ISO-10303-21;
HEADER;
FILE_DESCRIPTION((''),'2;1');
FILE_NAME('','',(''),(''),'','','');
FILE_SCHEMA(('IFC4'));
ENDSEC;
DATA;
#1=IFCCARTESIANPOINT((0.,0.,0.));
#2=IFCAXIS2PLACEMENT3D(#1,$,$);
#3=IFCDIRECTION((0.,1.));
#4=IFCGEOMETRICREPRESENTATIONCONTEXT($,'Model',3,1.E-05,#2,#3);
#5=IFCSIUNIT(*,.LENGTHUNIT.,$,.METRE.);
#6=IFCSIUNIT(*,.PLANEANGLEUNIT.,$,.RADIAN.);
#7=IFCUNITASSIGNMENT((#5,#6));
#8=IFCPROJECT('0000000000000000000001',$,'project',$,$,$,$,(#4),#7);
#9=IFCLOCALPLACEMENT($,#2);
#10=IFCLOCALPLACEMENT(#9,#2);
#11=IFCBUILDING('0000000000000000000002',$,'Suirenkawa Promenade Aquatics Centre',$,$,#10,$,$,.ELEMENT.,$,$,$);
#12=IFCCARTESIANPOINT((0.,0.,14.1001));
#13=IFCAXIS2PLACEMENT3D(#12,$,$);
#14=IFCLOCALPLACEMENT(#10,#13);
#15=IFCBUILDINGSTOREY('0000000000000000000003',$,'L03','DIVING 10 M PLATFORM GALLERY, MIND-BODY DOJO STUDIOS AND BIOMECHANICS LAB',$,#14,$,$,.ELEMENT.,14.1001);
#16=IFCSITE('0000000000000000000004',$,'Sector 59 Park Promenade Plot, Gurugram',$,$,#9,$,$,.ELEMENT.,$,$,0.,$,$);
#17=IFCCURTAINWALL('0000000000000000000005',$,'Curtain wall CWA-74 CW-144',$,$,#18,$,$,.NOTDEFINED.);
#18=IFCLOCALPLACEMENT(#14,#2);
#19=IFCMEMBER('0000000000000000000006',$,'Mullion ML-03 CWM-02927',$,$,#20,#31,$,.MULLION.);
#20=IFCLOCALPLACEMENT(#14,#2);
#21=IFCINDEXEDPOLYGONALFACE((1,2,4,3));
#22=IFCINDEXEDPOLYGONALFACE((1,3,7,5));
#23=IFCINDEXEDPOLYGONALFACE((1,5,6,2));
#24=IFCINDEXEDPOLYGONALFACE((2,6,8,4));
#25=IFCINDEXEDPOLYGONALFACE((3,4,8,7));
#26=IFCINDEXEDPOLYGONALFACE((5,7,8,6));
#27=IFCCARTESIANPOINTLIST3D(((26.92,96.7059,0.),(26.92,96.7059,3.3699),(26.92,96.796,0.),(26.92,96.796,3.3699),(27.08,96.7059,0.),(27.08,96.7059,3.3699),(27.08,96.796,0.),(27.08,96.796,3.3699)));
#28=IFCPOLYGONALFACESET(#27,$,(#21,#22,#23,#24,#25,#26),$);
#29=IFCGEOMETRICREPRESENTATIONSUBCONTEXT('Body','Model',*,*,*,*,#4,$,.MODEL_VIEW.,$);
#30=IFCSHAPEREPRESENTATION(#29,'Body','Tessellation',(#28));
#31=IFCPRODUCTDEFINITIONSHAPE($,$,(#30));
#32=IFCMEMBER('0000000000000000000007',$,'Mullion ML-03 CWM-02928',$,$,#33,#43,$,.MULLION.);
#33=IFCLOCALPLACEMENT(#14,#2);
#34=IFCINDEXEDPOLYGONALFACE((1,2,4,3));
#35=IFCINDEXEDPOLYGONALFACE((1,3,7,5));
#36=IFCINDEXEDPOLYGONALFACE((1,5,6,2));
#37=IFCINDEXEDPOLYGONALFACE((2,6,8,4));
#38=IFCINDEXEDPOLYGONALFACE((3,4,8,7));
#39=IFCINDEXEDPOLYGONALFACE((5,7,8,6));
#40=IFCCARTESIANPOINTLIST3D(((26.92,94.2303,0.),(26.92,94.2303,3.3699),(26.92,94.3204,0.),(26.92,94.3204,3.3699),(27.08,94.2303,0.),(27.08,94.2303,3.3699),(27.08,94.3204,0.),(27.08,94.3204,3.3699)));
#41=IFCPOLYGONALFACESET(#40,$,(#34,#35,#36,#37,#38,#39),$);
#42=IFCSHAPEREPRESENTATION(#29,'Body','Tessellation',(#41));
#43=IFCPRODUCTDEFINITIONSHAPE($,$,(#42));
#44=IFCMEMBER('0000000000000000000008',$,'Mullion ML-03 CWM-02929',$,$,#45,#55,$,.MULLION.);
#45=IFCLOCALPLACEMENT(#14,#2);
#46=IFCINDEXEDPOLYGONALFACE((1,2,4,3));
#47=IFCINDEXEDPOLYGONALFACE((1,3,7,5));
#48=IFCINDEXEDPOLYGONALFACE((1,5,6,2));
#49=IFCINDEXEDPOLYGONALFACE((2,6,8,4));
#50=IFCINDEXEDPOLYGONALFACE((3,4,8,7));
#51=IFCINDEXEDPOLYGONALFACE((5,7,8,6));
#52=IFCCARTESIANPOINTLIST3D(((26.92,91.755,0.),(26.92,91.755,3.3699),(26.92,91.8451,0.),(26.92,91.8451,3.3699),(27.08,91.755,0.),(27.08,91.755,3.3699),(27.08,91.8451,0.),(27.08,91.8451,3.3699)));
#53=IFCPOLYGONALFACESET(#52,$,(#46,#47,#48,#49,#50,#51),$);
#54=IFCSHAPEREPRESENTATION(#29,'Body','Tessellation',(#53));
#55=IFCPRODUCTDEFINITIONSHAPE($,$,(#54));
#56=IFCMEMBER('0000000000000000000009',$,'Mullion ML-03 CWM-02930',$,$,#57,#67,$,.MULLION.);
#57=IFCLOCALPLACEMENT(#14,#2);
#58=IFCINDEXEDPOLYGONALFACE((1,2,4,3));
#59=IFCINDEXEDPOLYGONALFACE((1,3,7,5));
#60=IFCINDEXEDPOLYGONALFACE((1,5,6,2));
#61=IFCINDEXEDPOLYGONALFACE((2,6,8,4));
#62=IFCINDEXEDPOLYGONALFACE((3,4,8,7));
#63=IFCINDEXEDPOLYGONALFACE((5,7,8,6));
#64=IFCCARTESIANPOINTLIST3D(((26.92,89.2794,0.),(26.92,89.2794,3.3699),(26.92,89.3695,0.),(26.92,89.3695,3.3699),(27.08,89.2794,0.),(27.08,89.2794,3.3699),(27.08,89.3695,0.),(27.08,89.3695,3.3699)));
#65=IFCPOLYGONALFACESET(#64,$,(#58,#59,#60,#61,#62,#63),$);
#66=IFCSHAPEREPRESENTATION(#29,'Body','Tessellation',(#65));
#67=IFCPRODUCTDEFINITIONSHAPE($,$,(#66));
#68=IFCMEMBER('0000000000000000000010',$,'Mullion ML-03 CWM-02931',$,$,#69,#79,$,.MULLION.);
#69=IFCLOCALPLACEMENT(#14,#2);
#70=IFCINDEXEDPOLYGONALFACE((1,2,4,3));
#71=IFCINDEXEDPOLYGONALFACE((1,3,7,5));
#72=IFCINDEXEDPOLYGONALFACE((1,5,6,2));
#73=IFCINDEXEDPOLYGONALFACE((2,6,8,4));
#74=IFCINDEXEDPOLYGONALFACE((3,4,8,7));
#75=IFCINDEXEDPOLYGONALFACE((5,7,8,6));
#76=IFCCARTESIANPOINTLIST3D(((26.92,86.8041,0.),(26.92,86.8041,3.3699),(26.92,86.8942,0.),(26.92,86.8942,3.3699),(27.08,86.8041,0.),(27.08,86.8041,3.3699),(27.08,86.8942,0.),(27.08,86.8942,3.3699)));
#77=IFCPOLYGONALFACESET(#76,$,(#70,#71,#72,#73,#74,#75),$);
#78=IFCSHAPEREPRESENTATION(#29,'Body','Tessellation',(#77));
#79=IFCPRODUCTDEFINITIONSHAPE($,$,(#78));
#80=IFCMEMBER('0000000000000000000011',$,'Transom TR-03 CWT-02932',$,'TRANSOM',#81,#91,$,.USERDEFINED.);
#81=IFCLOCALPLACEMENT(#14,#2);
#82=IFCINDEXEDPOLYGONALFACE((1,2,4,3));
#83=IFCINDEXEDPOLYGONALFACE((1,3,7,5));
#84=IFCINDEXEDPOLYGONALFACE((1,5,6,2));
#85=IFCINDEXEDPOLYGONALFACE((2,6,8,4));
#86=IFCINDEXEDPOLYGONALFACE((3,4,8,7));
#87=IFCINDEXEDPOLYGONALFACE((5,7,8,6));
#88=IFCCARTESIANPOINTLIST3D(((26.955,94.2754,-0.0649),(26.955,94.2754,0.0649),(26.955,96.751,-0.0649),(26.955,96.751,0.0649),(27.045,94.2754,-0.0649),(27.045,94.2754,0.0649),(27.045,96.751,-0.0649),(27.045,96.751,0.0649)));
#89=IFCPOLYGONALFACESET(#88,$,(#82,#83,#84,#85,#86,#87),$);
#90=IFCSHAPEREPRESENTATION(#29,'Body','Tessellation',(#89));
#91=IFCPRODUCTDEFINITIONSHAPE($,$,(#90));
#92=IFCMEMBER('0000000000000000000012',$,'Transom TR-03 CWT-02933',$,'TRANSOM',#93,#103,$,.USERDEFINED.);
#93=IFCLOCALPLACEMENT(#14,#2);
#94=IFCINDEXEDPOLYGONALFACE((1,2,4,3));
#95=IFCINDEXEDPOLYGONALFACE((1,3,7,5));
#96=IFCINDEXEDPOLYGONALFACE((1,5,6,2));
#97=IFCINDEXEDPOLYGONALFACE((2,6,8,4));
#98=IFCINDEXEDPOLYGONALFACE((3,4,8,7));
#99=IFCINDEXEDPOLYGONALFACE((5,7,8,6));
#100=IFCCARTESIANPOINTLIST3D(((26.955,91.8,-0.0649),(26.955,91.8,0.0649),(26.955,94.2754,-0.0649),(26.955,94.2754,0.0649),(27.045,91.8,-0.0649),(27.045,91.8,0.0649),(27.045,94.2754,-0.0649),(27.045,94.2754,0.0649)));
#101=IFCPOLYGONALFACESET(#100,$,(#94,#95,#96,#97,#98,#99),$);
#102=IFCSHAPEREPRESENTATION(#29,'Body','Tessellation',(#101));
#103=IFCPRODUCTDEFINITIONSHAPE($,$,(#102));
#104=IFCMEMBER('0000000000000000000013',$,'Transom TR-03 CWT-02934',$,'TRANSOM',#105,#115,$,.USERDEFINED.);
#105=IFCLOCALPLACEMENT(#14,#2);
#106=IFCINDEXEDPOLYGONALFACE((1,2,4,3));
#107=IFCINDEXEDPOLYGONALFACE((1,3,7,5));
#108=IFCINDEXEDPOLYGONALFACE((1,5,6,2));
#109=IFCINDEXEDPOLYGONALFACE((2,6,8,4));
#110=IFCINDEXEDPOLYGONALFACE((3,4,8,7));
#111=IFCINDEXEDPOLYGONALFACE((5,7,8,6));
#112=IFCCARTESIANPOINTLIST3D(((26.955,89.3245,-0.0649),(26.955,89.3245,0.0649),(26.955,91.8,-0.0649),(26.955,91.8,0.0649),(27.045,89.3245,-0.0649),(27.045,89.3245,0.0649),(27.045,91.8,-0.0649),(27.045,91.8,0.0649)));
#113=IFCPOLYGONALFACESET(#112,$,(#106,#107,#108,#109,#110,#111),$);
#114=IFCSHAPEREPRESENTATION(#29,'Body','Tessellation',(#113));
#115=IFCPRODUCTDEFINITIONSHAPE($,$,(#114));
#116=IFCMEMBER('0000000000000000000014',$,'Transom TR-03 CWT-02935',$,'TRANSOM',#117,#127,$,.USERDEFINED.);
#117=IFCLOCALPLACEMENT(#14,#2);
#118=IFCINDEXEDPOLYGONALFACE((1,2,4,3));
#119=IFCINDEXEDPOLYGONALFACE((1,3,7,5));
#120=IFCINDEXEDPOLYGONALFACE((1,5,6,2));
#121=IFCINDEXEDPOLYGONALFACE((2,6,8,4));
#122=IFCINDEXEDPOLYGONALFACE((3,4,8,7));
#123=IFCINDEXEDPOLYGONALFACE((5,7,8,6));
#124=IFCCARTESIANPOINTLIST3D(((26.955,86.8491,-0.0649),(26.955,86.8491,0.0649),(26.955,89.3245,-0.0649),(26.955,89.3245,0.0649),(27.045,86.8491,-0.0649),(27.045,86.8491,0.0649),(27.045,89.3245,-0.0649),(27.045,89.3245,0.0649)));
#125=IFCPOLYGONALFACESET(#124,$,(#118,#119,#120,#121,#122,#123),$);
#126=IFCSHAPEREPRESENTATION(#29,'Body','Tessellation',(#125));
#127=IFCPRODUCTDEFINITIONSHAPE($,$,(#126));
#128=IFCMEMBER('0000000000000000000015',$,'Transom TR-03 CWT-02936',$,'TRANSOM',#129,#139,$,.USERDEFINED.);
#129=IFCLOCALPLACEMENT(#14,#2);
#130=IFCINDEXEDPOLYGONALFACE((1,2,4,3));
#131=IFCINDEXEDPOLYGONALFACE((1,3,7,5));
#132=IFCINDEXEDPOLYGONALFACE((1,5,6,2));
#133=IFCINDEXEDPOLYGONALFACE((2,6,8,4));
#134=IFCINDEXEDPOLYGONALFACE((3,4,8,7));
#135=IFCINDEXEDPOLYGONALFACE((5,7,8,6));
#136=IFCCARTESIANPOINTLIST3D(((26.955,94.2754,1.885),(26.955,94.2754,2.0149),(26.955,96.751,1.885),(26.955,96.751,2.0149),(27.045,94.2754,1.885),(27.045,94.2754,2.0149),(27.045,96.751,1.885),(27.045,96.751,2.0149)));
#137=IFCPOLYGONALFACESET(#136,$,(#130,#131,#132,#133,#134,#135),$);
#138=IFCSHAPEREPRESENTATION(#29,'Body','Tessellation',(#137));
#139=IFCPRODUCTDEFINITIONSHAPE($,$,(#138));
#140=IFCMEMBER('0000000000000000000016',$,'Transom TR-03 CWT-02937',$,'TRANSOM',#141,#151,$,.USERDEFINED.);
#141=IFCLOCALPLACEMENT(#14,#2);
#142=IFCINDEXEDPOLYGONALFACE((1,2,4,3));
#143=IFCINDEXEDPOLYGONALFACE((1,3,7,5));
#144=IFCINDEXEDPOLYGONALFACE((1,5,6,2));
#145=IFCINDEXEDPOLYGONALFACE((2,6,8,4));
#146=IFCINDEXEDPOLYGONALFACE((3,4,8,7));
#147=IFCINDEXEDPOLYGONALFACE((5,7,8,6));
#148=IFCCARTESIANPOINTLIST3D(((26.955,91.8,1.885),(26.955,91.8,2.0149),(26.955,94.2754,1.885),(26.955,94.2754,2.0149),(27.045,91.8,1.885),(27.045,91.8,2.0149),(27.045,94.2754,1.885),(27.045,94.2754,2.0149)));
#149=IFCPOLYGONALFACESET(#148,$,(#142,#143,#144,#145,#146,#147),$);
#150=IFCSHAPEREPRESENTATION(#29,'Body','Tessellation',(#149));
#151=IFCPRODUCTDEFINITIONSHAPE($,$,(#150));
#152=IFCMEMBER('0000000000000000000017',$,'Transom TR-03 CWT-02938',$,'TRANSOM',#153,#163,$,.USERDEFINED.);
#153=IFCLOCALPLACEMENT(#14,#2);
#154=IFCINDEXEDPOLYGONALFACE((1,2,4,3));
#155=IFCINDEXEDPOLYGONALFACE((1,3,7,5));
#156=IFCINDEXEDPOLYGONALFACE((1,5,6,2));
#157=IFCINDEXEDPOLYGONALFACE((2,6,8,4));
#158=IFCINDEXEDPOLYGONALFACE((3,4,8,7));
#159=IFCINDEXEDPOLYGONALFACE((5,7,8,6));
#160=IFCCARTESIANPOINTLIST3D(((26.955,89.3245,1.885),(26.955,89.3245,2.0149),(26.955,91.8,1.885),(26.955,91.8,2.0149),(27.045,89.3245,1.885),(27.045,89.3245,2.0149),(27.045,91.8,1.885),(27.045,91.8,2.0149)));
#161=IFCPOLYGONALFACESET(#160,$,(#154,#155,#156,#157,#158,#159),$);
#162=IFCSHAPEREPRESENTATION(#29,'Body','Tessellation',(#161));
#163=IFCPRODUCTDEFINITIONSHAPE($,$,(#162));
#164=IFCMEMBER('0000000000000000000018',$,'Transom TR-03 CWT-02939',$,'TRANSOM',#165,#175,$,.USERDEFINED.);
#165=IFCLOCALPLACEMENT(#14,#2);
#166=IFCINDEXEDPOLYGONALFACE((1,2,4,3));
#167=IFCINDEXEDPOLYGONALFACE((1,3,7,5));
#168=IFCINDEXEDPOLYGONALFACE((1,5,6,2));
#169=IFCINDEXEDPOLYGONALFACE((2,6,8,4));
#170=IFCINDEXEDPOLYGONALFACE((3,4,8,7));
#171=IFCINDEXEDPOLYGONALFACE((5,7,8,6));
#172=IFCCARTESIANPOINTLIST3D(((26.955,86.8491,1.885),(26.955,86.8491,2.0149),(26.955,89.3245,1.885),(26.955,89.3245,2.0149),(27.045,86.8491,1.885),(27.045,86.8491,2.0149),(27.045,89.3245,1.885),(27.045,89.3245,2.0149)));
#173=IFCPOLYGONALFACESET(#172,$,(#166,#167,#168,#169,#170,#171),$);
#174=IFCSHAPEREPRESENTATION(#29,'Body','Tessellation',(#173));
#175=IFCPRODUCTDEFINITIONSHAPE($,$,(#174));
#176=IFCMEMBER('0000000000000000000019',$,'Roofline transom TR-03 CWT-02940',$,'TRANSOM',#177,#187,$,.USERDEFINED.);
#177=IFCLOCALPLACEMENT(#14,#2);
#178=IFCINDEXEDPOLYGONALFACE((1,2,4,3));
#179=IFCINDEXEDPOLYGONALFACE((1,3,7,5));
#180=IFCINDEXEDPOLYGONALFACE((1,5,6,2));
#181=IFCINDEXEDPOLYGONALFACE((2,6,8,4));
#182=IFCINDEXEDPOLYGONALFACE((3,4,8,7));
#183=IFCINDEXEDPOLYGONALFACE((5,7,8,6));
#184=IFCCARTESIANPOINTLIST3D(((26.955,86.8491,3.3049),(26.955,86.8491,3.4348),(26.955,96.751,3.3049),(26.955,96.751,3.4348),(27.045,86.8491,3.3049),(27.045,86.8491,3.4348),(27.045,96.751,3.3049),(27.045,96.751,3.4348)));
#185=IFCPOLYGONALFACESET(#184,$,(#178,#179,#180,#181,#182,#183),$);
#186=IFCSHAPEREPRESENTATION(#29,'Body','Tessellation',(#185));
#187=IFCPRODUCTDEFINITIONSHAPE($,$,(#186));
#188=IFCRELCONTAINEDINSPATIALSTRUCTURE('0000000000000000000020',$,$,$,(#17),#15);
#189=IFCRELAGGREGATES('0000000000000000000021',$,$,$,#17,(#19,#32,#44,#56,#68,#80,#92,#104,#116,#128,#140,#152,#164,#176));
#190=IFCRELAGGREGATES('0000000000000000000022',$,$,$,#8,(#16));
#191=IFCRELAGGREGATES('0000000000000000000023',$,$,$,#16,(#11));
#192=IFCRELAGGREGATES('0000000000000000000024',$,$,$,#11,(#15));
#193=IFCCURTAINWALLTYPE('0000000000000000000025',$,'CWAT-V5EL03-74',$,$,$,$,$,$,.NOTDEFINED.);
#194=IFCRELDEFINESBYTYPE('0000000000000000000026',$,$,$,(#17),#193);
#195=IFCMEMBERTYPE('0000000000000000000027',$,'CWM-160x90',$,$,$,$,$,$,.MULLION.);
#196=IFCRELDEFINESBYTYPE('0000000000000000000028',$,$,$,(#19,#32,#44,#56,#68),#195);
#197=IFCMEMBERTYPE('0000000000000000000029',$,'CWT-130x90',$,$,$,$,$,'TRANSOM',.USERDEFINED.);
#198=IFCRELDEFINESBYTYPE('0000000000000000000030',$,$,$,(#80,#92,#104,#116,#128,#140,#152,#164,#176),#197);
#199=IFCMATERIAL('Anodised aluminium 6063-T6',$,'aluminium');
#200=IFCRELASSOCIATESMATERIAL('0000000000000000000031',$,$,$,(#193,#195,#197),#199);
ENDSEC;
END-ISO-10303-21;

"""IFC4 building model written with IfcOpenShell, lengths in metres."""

from ifc_helpers import new_model, si_unit, direction, frame, origin, origin_2d, place, context, subcontext, project, spatial, rectangle, extrude, material, material_profile, profile_set, type_object, element, aggregate, save


model = new_model("IFC4")

# Units and contexts
model_context = context("Model", 3, precision=1e-05, world=origin(), true_north=direction((0.0, 1.0)))
body_context = subcontext(model_context, "Body", "Model", "MODEL_VIEW")
ifc_project = project(units=[si_unit("LENGTHUNIT", "METRE"), si_unit("PLANEANGLEUNIT", "RADIAN")], contexts=[model_context])

# Site, building, storey
site_placement = place(None, origin())
site = spatial("IfcSite", under=ifc_project, at=site_placement, Name="Sector 59 Park Promenade Plot, Gurugram", CompositionType="ELEMENT", RefElevation=0.0)
building_placement = place(site_placement, origin())
building = spatial("IfcBuilding", under=site, at=building_placement, Name="Suirenkawa Promenade Aquatics Centre", CompositionType="ELEMENT")
storey_placement = place(building_placement, frame((0.0, 0.0, 14.1001)))
storey = spatial("IfcBuildingStorey", under=building, at=storey_placement, Name="L03", Description="DIVING 10 M PLATFORM GALLERY, MIND-BODY DOJO STUDIOS AND BIOMECHANICS LAB", CompositionType="ELEMENT", Elevation=14.1001)

# Curtain wall, members
ifc_material_1 = material(Name="Anodised aluminium 6063-T6", Category="aluminium")
curtain_wall_type = type_object("IfcCurtainWallType", Name="CWAT-V5EL03-74", PredefinedType="NOTDEFINED", material=ifc_material_1)
curtain_wall_placement = place(storey_placement, origin())
curtain_wall = element("IfcCurtainWall", 1, at=curtain_wall_placement, inside=storey, type_object=curtain_wall_type, Name="Curtain wall CWA-74 CW-144", PredefinedType="NOTDEFINED")
ifc_material_profile_1 = material_profile(ifc_material_1, rectangle(XDim=0.0901, YDim=0.1599, at=origin_2d()), Name="ALU MULL 90x160", Category="aluminium")
ifc_profile_set_1 = profile_set([ifc_material_profile_1], Name="Anodised aluminium 6063-T6")
member_type_1 = type_object("IfcMemberType", Name="CWM-160x90", PredefinedType="MULLION", material=ifc_profile_set_1)
member_1_placement = place(storey_placement, frame((27.0, 96.751, 0.0), z_axis=(0.0, 0.0, 1.0), x_axis=(0.0, -1.0, 0.0)))
member_1 = element("IfcMember", 2, at=member_1_placement, type_object=member_type_1, Name="Mullion ML-03 CWM-02927", PredefinedType="MULLION", context=body_context, shape_type="SweptSolid", body=[
    extrude(rectangle(XDim=0.0901, YDim=0.1599, at=origin_2d()), origin(), (0.0, 0.0, 1.0), 3.3699),
])
member_2_placement = place(storey_placement, frame((27.0, 94.2754, 0.0), z_axis=(0.0, 0.0, 1.0), x_axis=(0.0, -1.0, 0.0)))
member_2 = element("IfcMember", 3, at=member_2_placement, type_object=member_type_1, Name="Mullion ML-03 CWM-02928", PredefinedType="MULLION", context=body_context, shape_type="SweptSolid", body=[
    extrude(rectangle(XDim=0.0901, YDim=0.1599, at=origin_2d()), origin(), (0.0, 0.0, 1.0), 3.3699),
])
member_3_placement = place(storey_placement, frame((27.0, 91.8, 0.0), z_axis=(0.0, 0.0, 1.0), x_axis=(0.0, -1.0, 0.0)))
member_3 = element("IfcMember", 4, at=member_3_placement, type_object=member_type_1, Name="Mullion ML-03 CWM-02929", PredefinedType="MULLION", context=body_context, shape_type="SweptSolid", body=[
    extrude(rectangle(XDim=0.0901, YDim=0.1599, at=origin_2d()), origin(), (0.0, 0.0, 1.0), 3.3699),
])
member_4_placement = place(storey_placement, frame((27.0, 89.3245, 0.0), z_axis=(0.0, 0.0, 1.0), x_axis=(0.0, -1.0, 0.0)))
member_4 = element("IfcMember", 5, at=member_4_placement, type_object=member_type_1, Name="Mullion ML-03 CWM-02930", PredefinedType="MULLION", context=body_context, shape_type="SweptSolid", body=[
    extrude(rectangle(XDim=0.0901, YDim=0.1599, at=origin_2d()), origin(), (0.0, 0.0, 1.0), 3.3699),
])
member_5_placement = place(storey_placement, frame((27.0, 86.8491, 0.0), z_axis=(0.0, 0.0, 1.0), x_axis=(0.0, -1.0, 0.0)))
member_5 = element("IfcMember", 6, at=member_5_placement, type_object=member_type_1, Name="Mullion ML-03 CWM-02931", PredefinedType="MULLION", context=body_context, shape_type="SweptSolid", body=[
    extrude(rectangle(XDim=0.0901, YDim=0.1599, at=origin_2d()), origin(), (0.0, 0.0, 1.0), 3.3699),
])
ifc_material_profile_2 = material_profile(ifc_material_1, rectangle(XDim=0.0901, YDim=0.1299, at=origin_2d()), Name="ALU TRAN 90x130", Category="aluminium")
ifc_profile_set_2 = profile_set([ifc_material_profile_2], Name="Anodised aluminium 6063-T6")
member_type_2 = type_object("IfcMemberType", Name="CWT-130x90", ElementType="TRANSOM", PredefinedType="USERDEFINED", material=ifc_profile_set_2)
member_6_placement = place(storey_placement, frame((27.0, 96.751, 0.0), z_axis=(0.0, -1.0, 0.0), x_axis=(1.0, 0.0, 0.0)))
member_6 = element("IfcMember", 7, at=member_6_placement, type_object=member_type_2, Name="Transom TR-03 CWT-02932", ObjectType="TRANSOM", PredefinedType="USERDEFINED", context=body_context, shape_type="SweptSolid", body=[
    extrude(rectangle(XDim=0.0901, YDim=0.1299, at=origin_2d()), origin(), (0.0, 0.0, 1.0), 2.4756),
])
member_7_placement = place(storey_placement, frame((27.0, 94.2754, 0.0), z_axis=(0.0, -1.0, 0.0), x_axis=(1.0, 0.0, 0.0)))
member_7 = element("IfcMember", 8, at=member_7_placement, type_object=member_type_2, Name="Transom TR-03 CWT-02933", ObjectType="TRANSOM", PredefinedType="USERDEFINED", context=body_context, shape_type="SweptSolid", body=[
    extrude(rectangle(XDim=0.0901, YDim=0.1299, at=origin_2d()), origin(), (0.0, 0.0, 1.0), 2.4753),
])
member_8_placement = place(storey_placement, frame((27.0, 91.8, 0.0), z_axis=(0.0, -1.0, 0.0), x_axis=(1.0, 0.0, 0.0)))
member_8 = element("IfcMember", 9, at=member_8_placement, type_object=member_type_2, Name="Transom TR-03 CWT-02934", ObjectType="TRANSOM", PredefinedType="USERDEFINED", context=body_context, shape_type="SweptSolid", body=[
    extrude(rectangle(XDim=0.0901, YDim=0.1299, at=origin_2d()), origin(), (0.0, 0.0, 1.0), 2.4756),
])
member_9_placement = place(storey_placement, frame((27.0, 89.3245, 0.0), z_axis=(0.0, -1.0, 0.0), x_axis=(1.0, 0.0, 0.0)))
member_9 = element("IfcMember", 10, at=member_9_placement, type_object=member_type_2, Name="Transom TR-03 CWT-02935", ObjectType="TRANSOM", PredefinedType="USERDEFINED", context=body_context, shape_type="SweptSolid", body=[
    extrude(rectangle(XDim=0.0901, YDim=0.1299, at=origin_2d()), origin(), (0.0, 0.0, 1.0), 2.4753),
])
member_10_placement = place(storey_placement, frame((27.0, 96.751, 1.95), z_axis=(0.0, -1.0, 0.0), x_axis=(1.0, 0.0, 0.0)))
member_10 = element("IfcMember", 11, at=member_10_placement, type_object=member_type_2, Name="Transom TR-03 CWT-02936", ObjectType="TRANSOM", PredefinedType="USERDEFINED", context=body_context, shape_type="SweptSolid", body=[
    extrude(rectangle(XDim=0.0901, YDim=0.1299, at=origin_2d()), origin(), (0.0, 0.0, 1.0), 2.4756),
])
member_11_placement = place(storey_placement, frame((27.0, 94.2754, 1.95), z_axis=(0.0, -1.0, 0.0), x_axis=(1.0, 0.0, 0.0)))
member_11 = element("IfcMember", 12, at=member_11_placement, type_object=member_type_2, Name="Transom TR-03 CWT-02937", ObjectType="TRANSOM", PredefinedType="USERDEFINED", context=body_context, shape_type="SweptSolid", body=[
    extrude(rectangle(XDim=0.0901, YDim=0.1299, at=origin_2d()), origin(), (0.0, 0.0, 1.0), 2.4753),
])
member_12_placement = place(storey_placement, frame((27.0, 91.8, 1.95), z_axis=(0.0, -1.0, 0.0), x_axis=(1.0, 0.0, 0.0)))
member_12 = element("IfcMember", 13, at=member_12_placement, type_object=member_type_2, Name="Transom TR-03 CWT-02938", ObjectType="TRANSOM", PredefinedType="USERDEFINED", context=body_context, shape_type="SweptSolid", body=[
    extrude(rectangle(XDim=0.0901, YDim=0.1299, at=origin_2d()), origin(), (0.0, 0.0, 1.0), 2.4756),
])
member_13_placement = place(storey_placement, frame((27.0, 89.3245, 1.95), z_axis=(0.0, -1.0, 0.0), x_axis=(1.0, 0.0, 0.0)))
member_13 = element("IfcMember", 14, at=member_13_placement, type_object=member_type_2, Name="Transom TR-03 CWT-02939", ObjectType="TRANSOM", PredefinedType="USERDEFINED", context=body_context, shape_type="SweptSolid", body=[
    extrude(rectangle(XDim=0.0901, YDim=0.1299, at=origin_2d()), origin(), (0.0, 0.0, 1.0), 2.4753),
])
member_14_placement = place(storey_placement, frame((27.0, 96.751, 3.3699), z_axis=(0.0, -1.0, 0.0), x_axis=(1.0, 0.0, 0.0)))
member_14 = element("IfcMember", 15, at=member_14_placement, type_object=member_type_2, Name="Roofline transom TR-03 CWT-02940", ObjectType="TRANSOM", PredefinedType="USERDEFINED", context=body_context, shape_type="SweptSolid", body=[
    extrude(rectangle(XDim=0.0901, YDim=0.1299, at=origin_2d()), origin(), (0.0, 0.0, 1.0), 9.9019),
])
aggregate(curtain_wall, [member_1, member_2, member_3, member_4, member_5, member_6, member_7, member_8, member_9, member_10, member_11, member_12, member_13, member_14])

save(model, "model.ifc")
